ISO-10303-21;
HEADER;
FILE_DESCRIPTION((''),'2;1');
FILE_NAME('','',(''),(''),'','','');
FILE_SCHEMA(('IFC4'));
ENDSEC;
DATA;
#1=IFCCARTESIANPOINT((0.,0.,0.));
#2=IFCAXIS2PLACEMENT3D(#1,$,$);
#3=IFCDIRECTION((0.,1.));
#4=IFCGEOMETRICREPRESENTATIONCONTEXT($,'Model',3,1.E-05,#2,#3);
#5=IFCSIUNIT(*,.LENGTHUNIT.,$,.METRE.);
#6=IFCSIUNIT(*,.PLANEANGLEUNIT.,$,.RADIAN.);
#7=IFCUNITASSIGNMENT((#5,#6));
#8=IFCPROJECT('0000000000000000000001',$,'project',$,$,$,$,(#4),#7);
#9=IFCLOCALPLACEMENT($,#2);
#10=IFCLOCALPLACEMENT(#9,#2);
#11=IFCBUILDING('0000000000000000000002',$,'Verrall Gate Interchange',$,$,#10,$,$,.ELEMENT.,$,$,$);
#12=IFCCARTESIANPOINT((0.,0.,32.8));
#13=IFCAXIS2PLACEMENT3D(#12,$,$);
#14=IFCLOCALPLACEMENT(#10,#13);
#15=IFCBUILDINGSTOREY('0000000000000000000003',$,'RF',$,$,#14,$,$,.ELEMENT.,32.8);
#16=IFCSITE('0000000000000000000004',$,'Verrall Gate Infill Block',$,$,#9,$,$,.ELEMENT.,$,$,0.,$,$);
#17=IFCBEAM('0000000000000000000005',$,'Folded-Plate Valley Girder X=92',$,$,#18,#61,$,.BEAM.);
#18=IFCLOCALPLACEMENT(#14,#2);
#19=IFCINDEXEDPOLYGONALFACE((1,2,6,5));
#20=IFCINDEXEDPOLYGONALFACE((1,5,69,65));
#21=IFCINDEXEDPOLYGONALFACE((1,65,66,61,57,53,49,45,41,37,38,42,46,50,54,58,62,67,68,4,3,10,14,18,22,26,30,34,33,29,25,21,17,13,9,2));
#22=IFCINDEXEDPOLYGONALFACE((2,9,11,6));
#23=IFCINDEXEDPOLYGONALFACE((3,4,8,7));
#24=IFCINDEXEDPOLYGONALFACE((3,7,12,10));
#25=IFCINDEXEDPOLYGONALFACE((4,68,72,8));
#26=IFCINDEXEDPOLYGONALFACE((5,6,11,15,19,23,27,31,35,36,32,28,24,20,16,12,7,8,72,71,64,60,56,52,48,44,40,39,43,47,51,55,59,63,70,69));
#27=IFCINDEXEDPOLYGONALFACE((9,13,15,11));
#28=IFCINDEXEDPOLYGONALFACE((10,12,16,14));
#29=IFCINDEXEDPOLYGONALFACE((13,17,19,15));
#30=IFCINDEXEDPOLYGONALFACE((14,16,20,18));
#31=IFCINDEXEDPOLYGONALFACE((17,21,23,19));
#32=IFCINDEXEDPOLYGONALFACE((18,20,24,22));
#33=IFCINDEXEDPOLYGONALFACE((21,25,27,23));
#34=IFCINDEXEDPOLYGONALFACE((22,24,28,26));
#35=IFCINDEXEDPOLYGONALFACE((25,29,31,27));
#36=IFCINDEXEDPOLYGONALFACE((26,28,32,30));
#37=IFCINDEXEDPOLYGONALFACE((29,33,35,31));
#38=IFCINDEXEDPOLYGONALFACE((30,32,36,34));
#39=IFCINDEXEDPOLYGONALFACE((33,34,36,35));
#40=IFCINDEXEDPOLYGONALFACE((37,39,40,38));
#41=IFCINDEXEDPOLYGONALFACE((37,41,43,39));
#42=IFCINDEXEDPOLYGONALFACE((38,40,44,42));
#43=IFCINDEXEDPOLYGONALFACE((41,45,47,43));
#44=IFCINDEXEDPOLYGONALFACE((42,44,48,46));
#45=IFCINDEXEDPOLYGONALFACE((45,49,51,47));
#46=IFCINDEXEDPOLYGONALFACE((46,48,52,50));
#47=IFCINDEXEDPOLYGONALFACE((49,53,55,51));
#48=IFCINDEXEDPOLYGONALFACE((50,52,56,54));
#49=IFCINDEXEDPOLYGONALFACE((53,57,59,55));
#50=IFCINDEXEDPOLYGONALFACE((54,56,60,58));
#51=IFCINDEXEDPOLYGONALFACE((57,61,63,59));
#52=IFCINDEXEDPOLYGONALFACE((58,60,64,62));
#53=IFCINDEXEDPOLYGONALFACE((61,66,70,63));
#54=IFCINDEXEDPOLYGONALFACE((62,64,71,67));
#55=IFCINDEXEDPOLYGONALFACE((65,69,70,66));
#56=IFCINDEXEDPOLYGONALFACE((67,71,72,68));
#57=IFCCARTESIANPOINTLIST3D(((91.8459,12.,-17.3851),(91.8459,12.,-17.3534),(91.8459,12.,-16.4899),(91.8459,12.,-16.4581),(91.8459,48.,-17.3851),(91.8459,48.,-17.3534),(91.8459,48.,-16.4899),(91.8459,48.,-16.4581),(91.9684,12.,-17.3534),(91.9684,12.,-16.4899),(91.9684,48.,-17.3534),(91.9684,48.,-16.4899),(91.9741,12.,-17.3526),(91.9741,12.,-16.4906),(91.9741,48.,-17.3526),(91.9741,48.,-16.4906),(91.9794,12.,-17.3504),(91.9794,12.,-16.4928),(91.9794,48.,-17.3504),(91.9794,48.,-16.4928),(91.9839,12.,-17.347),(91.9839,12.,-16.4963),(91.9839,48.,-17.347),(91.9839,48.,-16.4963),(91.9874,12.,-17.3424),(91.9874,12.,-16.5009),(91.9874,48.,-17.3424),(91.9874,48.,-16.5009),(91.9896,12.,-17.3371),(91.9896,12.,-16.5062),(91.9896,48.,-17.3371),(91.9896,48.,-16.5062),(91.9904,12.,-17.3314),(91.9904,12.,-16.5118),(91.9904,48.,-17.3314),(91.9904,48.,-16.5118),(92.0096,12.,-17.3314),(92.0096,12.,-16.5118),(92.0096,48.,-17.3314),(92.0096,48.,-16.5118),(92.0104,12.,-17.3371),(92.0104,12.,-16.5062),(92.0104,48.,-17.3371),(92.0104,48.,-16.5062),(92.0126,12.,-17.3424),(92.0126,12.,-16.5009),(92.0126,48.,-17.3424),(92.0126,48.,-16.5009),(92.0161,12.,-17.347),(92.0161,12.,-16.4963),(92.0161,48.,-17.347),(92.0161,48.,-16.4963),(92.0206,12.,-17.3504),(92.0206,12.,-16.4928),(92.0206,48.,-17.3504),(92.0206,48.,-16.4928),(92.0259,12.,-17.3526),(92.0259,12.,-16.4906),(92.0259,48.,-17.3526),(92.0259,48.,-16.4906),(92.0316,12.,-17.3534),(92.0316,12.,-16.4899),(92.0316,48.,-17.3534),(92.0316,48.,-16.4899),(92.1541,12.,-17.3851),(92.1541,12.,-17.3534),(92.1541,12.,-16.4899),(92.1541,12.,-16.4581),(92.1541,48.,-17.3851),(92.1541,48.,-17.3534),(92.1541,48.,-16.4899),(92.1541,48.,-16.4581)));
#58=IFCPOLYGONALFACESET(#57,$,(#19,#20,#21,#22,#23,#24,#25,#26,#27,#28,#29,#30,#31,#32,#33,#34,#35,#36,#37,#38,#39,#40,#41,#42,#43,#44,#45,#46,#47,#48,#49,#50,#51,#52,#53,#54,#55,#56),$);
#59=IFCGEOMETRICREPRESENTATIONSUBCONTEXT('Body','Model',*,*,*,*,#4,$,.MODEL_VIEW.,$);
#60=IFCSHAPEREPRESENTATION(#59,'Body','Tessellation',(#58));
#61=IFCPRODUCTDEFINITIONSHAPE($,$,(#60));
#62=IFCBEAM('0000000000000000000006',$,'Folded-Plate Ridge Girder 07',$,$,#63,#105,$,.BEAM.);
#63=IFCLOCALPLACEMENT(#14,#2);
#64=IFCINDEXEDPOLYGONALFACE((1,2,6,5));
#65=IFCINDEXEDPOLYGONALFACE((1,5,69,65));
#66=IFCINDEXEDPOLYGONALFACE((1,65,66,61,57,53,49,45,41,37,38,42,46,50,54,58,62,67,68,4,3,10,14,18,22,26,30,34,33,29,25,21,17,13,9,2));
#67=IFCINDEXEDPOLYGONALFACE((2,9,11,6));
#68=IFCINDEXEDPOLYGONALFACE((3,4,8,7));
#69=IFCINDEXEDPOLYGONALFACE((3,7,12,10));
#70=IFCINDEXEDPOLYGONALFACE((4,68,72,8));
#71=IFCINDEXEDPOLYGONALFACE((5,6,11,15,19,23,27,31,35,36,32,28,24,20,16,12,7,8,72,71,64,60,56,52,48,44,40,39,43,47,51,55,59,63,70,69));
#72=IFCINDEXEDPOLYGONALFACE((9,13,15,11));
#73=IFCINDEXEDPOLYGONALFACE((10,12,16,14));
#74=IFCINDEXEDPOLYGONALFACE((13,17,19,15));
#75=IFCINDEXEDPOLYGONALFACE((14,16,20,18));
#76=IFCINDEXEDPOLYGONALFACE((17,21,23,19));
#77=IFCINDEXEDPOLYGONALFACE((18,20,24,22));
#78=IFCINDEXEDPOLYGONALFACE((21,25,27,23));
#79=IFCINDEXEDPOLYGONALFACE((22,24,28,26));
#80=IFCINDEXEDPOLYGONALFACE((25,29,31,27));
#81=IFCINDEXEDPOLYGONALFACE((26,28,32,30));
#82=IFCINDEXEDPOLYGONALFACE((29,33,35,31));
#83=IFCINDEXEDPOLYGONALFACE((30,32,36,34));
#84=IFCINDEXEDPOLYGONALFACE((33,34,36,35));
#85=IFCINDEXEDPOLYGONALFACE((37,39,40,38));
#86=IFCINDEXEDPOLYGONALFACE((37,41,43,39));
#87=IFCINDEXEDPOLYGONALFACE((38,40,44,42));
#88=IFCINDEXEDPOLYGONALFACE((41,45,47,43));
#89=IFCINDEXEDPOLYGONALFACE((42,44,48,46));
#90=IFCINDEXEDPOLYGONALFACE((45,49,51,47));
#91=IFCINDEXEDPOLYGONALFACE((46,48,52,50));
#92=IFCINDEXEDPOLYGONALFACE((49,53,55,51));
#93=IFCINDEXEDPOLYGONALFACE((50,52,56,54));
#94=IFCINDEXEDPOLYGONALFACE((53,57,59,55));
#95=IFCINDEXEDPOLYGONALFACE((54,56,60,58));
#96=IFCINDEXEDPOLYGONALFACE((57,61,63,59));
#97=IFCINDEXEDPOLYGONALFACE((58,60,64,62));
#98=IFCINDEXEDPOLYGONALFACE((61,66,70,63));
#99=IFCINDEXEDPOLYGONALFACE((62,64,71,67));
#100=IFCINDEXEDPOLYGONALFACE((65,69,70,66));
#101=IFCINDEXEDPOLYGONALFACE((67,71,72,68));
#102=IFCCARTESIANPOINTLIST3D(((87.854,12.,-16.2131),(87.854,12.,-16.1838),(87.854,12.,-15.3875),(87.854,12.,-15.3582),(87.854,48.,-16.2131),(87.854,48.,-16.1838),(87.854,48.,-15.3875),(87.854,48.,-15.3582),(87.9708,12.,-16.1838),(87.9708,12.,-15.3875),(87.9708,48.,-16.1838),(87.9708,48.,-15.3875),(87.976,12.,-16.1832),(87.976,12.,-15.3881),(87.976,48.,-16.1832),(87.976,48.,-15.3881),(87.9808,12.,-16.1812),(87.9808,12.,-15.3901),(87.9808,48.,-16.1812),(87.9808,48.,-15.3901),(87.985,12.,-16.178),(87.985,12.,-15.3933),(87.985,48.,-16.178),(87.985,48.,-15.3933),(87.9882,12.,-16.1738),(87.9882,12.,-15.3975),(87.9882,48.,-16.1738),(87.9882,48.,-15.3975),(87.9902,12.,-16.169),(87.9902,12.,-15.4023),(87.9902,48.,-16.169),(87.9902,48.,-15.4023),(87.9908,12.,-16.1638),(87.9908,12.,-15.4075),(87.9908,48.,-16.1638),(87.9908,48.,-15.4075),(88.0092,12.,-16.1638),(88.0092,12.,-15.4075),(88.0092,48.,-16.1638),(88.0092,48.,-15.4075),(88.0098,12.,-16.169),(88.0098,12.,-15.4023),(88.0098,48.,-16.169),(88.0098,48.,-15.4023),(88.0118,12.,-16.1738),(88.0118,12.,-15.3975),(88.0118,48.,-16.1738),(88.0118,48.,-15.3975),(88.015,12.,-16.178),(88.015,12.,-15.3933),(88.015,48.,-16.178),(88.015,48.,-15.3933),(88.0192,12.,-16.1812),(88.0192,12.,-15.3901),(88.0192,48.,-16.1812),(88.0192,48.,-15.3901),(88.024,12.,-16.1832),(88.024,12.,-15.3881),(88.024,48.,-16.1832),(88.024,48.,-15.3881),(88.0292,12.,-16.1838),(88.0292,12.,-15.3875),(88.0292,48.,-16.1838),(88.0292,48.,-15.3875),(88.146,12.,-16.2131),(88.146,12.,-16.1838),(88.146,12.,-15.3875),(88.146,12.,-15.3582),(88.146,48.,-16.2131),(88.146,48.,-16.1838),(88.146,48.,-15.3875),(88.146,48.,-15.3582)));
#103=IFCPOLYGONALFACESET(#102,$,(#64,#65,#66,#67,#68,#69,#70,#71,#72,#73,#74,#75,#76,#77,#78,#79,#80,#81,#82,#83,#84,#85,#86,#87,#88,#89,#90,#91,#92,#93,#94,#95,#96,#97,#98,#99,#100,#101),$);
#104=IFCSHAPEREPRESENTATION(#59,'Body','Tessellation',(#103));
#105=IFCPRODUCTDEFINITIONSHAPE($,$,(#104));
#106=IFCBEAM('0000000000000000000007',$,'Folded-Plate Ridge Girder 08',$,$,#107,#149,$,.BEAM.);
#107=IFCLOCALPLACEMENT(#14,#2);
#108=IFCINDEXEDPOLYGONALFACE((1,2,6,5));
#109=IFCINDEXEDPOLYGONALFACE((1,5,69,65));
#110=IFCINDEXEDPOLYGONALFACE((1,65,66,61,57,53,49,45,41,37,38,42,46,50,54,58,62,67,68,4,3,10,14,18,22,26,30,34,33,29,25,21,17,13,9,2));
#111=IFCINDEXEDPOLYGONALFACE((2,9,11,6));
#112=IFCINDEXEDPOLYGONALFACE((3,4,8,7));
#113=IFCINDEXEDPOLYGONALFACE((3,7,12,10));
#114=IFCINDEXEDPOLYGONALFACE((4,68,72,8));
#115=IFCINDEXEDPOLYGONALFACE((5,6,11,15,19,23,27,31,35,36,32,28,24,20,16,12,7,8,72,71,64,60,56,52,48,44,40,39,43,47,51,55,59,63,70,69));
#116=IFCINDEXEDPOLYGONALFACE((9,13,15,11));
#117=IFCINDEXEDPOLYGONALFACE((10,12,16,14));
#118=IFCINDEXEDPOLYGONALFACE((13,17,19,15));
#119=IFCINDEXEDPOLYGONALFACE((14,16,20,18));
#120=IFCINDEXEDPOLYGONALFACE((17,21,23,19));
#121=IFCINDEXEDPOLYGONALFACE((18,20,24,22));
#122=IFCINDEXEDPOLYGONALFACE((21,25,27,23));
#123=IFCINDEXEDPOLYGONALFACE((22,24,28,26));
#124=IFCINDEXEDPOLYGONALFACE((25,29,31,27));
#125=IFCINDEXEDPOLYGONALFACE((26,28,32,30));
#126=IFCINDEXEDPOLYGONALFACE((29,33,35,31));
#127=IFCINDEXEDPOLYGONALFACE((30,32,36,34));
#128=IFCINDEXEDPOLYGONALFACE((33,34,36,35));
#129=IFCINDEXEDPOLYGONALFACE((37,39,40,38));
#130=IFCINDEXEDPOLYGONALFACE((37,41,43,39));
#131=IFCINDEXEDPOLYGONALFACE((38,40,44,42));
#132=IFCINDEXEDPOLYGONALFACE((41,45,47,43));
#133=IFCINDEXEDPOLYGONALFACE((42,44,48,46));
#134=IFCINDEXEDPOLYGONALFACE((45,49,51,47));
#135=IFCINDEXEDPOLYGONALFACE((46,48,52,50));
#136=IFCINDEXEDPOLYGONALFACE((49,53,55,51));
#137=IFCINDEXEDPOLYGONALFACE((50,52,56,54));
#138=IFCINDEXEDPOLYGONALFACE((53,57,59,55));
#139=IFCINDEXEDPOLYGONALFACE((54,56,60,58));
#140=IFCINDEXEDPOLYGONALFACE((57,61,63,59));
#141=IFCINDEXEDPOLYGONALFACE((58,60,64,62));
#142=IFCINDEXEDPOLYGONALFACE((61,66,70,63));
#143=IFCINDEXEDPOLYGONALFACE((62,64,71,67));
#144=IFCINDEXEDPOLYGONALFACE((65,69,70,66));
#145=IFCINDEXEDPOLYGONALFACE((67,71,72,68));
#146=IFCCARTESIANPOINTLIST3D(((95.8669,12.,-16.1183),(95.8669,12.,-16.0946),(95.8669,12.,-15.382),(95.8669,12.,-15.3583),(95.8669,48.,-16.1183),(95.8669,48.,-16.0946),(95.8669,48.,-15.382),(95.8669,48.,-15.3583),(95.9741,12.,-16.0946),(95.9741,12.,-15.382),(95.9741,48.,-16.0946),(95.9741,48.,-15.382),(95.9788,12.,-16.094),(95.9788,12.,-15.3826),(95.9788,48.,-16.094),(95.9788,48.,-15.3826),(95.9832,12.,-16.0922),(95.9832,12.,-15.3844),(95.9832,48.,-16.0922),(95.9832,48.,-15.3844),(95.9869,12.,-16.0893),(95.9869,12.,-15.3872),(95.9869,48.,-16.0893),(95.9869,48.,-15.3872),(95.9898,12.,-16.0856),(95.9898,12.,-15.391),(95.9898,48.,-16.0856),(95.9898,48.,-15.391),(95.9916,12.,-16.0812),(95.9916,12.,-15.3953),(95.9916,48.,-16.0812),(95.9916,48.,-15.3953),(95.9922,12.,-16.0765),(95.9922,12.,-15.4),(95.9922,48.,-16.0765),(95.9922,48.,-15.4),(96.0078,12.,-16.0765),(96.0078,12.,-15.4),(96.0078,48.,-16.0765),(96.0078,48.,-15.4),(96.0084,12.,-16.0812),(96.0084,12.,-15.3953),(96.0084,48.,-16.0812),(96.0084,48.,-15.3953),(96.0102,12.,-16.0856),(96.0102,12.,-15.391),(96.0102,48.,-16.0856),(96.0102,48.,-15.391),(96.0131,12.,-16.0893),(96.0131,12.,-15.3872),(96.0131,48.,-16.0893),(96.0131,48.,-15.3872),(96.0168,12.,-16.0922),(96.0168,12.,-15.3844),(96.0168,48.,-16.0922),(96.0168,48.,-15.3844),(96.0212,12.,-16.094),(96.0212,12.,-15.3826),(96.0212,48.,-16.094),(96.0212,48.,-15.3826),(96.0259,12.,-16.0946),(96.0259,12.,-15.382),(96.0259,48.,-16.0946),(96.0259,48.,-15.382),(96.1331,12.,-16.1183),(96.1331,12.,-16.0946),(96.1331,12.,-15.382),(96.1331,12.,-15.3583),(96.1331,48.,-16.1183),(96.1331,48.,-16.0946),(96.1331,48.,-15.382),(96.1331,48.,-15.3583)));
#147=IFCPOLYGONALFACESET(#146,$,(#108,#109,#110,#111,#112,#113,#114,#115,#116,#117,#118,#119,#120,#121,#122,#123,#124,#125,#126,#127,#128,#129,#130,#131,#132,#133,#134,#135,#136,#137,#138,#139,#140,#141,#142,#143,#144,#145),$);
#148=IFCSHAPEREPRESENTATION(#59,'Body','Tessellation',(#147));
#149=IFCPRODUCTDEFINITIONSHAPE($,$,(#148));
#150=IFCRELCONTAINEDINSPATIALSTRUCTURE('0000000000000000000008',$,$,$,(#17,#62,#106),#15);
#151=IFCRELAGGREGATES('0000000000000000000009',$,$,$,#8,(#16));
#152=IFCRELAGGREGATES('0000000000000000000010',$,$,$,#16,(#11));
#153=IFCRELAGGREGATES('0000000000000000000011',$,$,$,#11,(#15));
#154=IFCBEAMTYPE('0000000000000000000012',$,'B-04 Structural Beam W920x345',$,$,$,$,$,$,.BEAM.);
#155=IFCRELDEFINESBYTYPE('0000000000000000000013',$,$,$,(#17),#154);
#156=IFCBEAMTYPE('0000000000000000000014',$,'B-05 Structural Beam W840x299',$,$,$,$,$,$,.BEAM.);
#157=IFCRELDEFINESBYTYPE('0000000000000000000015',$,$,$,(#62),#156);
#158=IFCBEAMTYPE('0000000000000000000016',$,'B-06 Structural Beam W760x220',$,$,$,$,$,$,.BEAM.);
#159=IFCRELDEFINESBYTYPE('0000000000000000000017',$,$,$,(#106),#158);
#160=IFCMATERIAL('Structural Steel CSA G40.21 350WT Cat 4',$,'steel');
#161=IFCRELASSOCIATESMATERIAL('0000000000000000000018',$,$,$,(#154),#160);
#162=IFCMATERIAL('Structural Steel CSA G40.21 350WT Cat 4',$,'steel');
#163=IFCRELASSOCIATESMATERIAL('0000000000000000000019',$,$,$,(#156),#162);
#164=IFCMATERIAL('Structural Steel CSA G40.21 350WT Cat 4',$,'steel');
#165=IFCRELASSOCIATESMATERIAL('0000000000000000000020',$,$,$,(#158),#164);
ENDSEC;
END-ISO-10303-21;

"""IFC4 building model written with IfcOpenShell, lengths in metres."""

from ifc_helpers import new_model, si_unit, direction, frame, origin, origin_2d, place, context, subcontext, project, spatial, i_section, extrude, material, material_profile, profile_set, type_object, element, save


model = new_model("IFC4")

# Units and contexts
model_context = context("Model", 3, precision=1e-05, world=origin(), true_north=direction((0.0, 1.0)))
body_context = subcontext(model_context, "Body", "Model", "MODEL_VIEW")
ifc_project = project(units=[si_unit("LENGTHUNIT", "METRE"), si_unit("PLANEANGLEUNIT", "RADIAN")], contexts=[model_context])

# Site, building, storey
site_placement = place(None, origin())
site = spatial("IfcSite", under=ifc_project, at=site_placement, Name="Verrall Gate Infill Block", CompositionType="ELEMENT", RefElevation=0.0)
building_placement = place(site_placement, origin())
building = spatial("IfcBuilding", under=site, at=building_placement, Name="Verrall Gate Interchange", CompositionType="ELEMENT")
storey_placement = place(building_placement, frame((0.0, 0.0, 32.8)))
storey = spatial("IfcBuildingStorey", under=building, at=storey_placement, Name="RF", CompositionType="ELEMENT", Elevation=32.8)

# Beams
ifc_material_1 = material(Name="Structural Steel CSA G40.21 350WT Cat 4", Category="steel")
ifc_material_profile_1 = material_profile(ifc_material_1, i_section(OverallWidth=0.3081, OverallDepth=0.927, WebThickness=0.0193, FlangeThickness=0.0317, FilletRadius=0.022, at=origin_2d()), Name="W920x345")
ifc_profile_set_1 = profile_set([ifc_material_profile_1], Name="Structural Steel CSA G40.21 350WT Cat 4")
beam_type_1 = type_object("IfcBeamType", Name="B-04 Structural Beam W920x345", PredefinedType="BEAM", material=ifc_profile_set_1)
beam_1_placement = place(storey_placement, frame((92.0, 12.0, -16.9216), z_axis=(0.0, 1.0, 0.0), x_axis=(-1.0, 0.0, 0.0)))
element("IfcBeam", 1, at=beam_1_placement, inside=storey, type_object=beam_type_1, Name="Folded-Plate Valley Girder X=92", PredefinedType="BEAM", context=body_context, shape_type="SweptSolid", body=[
    extrude(i_section(OverallWidth=0.3081, OverallDepth=0.927, WebThickness=0.0193, FlangeThickness=0.0317, FilletRadius=0.022, at=origin_2d()), origin(), (0.0, 0.0, 1.0), 36.0),
])
ifc_material_2 = material(Name="Structural Steel CSA G40.21 350WT Cat 4", Category="steel")
ifc_material_profile_2 = material_profile(ifc_material_2, i_section(OverallWidth=0.292, OverallDepth=0.855, WebThickness=0.0183, FlangeThickness=0.0293, FilletRadius=0.02, at=origin_2d()), Name="W840x299")
ifc_profile_set_2 = profile_set([ifc_material_profile_2], Name="Structural Steel CSA G40.21 350WT Cat 4")
beam_type_2 = type_object("IfcBeamType", Name="B-05 Structural Beam W840x299", PredefinedType="BEAM", material=ifc_profile_set_2)
beam_2_placement = place(storey_placement, frame((88.0, 12.0, -15.7856), z_axis=(0.0, 1.0, 0.0), x_axis=(-1.0, 0.0, 0.0)))
element("IfcBeam", 2, at=beam_2_placement, inside=storey, type_object=beam_type_2, Name="Folded-Plate Ridge Girder 07", PredefinedType="BEAM", context=body_context, shape_type="SweptSolid", body=[
    extrude(i_section(OverallWidth=0.292, OverallDepth=0.855, WebThickness=0.0183, FlangeThickness=0.0293, FilletRadius=0.02, at=origin_2d()), origin(), (0.0, 0.0, 1.0), 36.0),
])
ifc_material_3 = material(Name="Structural Steel CSA G40.21 350WT Cat 4", Category="steel")
ifc_material_profile_3 = material_profile(ifc_material_3, i_section(OverallWidth=0.2661, OverallDepth=0.76, WebThickness=0.0156, FlangeThickness=0.0237, FilletRadius=0.0181, at=origin_2d()), Name="W760x220")
ifc_profile_set_3 = profile_set([ifc_material_profile_3], Name="Structural Steel CSA G40.21 350WT Cat 4")
beam_type_3 = type_object("IfcBeamType", Name="B-06 Structural Beam W760x220", PredefinedType="BEAM", material=ifc_profile_set_3)
beam_3_placement = place(storey_placement, frame((96.0, 12.0, -15.7383), z_axis=(0.0, 1.0, 0.0), x_axis=(-1.0, 0.0, 0.0)))
element("IfcBeam", 3, at=beam_3_placement, inside=storey, type_object=beam_type_3, Name="Folded-Plate Ridge Girder 08", PredefinedType="BEAM", context=body_context, shape_type="SweptSolid", body=[
    extrude(i_section(OverallWidth=0.2661, OverallDepth=0.76, WebThickness=0.0156, FlangeThickness=0.0237, FilletRadius=0.0181, at=origin_2d()), origin(), (0.0, 0.0, 1.0), 36.0),
])

save(model, "model.ifc")
